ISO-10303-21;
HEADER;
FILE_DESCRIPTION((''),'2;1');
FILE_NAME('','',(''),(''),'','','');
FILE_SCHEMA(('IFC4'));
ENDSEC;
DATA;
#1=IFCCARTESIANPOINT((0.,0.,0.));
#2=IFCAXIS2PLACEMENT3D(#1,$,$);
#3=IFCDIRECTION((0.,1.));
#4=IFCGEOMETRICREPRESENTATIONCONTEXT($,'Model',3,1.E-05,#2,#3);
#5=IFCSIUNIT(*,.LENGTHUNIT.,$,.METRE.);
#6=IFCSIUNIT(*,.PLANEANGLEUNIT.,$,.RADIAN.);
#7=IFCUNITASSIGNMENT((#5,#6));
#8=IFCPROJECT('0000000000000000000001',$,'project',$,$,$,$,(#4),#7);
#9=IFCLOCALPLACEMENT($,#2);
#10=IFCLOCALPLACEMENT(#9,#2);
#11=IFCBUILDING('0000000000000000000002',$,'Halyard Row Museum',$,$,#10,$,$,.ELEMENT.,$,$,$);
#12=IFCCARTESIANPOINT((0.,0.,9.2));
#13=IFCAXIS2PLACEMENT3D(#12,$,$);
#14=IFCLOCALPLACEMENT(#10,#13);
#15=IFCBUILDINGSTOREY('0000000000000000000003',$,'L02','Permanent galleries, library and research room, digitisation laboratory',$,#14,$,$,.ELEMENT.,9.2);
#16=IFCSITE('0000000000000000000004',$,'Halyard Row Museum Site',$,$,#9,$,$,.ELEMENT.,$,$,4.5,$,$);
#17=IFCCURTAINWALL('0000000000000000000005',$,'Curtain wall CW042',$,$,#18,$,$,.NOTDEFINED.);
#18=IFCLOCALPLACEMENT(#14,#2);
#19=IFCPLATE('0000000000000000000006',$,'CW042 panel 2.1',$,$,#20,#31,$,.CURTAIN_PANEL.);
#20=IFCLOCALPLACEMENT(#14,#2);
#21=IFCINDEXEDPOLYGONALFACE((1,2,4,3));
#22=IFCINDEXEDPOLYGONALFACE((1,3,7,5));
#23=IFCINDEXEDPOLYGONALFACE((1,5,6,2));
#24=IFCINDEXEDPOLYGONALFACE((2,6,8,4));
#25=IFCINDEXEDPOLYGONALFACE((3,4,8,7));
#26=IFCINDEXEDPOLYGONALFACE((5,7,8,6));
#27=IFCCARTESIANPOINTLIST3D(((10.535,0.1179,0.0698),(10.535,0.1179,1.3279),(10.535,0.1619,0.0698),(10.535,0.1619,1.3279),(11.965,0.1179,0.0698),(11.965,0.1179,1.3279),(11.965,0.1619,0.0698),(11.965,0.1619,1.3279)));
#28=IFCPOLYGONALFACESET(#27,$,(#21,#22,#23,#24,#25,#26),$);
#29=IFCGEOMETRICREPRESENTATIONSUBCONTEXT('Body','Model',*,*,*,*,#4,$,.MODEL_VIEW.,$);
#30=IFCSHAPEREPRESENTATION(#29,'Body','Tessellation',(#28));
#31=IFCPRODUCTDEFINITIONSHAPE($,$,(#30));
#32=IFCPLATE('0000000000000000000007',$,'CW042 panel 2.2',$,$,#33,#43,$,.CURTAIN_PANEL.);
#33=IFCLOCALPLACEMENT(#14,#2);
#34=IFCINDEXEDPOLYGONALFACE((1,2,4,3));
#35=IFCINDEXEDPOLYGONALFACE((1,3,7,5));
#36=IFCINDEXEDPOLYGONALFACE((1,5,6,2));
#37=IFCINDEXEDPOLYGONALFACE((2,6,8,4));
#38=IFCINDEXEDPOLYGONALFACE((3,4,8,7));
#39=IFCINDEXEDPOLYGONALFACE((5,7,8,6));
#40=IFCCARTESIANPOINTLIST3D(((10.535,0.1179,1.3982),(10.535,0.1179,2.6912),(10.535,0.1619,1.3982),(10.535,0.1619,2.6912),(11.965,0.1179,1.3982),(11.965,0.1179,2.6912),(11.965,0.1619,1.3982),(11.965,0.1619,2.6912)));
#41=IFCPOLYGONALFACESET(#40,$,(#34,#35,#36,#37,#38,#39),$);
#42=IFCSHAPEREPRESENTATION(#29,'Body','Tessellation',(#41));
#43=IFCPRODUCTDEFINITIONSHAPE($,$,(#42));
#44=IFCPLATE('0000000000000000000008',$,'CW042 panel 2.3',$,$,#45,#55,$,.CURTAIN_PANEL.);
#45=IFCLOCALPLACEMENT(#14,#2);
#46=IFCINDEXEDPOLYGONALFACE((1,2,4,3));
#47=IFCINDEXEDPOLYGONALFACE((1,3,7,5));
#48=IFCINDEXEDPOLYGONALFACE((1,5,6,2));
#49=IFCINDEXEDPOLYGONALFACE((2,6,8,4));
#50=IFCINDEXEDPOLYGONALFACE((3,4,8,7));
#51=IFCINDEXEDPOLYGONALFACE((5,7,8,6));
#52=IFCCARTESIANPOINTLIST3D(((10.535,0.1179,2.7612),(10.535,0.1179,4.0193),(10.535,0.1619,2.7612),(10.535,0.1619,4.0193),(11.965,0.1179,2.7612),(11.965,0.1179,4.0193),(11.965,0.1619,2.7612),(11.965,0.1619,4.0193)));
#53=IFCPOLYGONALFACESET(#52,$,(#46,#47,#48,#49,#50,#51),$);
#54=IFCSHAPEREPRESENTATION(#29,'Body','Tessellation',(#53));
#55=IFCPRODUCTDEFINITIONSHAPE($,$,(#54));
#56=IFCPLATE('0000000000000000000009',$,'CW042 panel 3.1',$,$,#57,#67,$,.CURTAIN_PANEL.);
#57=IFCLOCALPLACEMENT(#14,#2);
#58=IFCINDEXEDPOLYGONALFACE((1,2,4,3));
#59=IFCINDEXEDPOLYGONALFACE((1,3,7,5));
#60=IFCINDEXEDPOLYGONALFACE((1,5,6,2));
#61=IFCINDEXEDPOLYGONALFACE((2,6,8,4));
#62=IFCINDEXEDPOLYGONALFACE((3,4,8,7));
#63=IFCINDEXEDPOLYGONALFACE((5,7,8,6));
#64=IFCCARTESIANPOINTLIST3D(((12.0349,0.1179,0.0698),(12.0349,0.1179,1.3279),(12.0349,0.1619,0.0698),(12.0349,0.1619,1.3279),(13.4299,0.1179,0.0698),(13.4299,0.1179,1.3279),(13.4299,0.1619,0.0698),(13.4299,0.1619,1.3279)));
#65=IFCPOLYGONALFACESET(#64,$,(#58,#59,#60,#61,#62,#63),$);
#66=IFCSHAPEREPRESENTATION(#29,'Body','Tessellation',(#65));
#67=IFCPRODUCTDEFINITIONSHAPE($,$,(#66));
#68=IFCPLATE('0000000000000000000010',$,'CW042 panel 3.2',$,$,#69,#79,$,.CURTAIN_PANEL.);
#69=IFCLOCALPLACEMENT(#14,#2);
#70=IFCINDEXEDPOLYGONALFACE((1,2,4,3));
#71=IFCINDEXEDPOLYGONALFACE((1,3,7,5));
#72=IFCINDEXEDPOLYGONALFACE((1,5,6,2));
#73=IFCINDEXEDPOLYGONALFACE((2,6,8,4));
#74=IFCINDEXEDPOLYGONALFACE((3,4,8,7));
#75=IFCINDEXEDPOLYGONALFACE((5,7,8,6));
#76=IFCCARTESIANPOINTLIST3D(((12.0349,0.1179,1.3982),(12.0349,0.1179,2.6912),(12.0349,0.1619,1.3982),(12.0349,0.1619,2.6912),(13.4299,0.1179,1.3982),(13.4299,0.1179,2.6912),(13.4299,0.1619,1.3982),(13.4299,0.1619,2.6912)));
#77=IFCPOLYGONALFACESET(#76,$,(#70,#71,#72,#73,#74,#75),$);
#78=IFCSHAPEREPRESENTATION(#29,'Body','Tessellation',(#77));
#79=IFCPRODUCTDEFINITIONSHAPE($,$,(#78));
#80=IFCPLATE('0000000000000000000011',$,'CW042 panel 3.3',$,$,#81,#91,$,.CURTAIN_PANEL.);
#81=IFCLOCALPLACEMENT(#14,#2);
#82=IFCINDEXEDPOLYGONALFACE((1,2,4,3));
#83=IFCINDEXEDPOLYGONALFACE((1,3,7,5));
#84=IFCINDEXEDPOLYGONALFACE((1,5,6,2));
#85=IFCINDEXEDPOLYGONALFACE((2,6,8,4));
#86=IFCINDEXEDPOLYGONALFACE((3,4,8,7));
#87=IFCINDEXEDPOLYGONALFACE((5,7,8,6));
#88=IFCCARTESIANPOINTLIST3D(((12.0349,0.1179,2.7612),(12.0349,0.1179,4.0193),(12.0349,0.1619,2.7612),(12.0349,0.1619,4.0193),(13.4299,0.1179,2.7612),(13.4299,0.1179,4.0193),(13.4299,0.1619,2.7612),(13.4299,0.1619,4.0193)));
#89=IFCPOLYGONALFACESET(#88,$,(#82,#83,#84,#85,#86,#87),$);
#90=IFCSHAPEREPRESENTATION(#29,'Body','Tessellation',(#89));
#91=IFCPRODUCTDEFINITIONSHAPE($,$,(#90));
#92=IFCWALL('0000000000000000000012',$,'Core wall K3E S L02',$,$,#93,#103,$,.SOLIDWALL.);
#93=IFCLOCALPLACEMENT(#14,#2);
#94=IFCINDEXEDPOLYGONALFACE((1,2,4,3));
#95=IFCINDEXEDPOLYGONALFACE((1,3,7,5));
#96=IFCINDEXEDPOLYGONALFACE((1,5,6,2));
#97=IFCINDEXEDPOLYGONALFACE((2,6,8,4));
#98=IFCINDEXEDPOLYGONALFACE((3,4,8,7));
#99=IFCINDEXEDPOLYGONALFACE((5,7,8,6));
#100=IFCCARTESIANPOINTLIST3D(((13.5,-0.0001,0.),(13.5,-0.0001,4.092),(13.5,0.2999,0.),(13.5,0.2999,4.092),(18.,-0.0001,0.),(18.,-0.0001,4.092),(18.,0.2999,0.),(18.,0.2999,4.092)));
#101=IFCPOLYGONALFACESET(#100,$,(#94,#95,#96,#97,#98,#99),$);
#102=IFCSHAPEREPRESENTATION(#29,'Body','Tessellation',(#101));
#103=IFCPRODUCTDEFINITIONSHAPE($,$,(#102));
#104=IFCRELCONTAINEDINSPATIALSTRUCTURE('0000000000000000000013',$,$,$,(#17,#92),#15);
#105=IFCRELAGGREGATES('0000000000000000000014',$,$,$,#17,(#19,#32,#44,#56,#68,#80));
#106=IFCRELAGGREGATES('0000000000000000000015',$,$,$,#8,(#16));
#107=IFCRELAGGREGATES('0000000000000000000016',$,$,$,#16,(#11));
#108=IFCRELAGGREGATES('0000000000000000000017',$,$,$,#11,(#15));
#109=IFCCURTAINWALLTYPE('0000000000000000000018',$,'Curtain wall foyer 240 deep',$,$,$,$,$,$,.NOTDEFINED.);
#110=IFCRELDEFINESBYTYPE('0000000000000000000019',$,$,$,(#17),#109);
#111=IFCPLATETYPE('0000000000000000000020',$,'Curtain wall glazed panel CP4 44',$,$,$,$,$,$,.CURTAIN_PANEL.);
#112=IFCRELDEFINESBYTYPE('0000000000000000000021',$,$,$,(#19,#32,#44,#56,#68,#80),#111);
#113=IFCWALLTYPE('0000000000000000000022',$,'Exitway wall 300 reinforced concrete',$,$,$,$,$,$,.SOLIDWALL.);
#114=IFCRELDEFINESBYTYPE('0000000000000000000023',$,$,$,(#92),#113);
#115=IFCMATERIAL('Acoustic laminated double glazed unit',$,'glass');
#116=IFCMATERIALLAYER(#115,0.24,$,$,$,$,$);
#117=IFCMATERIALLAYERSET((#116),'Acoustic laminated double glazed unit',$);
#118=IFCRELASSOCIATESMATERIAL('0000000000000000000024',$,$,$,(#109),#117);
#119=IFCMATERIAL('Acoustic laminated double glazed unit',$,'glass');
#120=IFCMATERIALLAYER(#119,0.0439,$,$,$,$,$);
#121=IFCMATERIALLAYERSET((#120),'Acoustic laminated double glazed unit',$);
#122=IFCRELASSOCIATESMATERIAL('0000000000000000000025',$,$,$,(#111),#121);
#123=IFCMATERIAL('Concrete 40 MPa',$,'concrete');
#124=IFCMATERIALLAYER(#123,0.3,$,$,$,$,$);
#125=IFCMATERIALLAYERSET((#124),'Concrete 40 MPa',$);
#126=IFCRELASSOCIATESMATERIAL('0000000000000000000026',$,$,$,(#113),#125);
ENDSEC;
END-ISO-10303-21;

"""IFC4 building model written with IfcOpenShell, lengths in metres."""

from ifc_helpers import new_model, si_unit, direction, frame, frame_2d, origin, origin_2d, place, context, subcontext, project, spatial, rectangle, extrude, material, layer, layer_set, type_object, element, aggregate, save


model = new_model("IFC4")

# Units and contexts
model_context = context("Model", 3, precision=1e-05, world=origin(), true_north=direction((0.0, 1.0)))
body_context = subcontext(model_context, "Body", "Model", "MODEL_VIEW")
ifc_project = project(units=[si_unit("LENGTHUNIT", "METRE"), si_unit("PLANEANGLEUNIT", "RADIAN")], contexts=[model_context])

# Site, building, storey
site_placement = place(None, origin())
site = spatial("IfcSite", under=ifc_project, at=site_placement, Name="Halyard Row Museum Site", CompositionType="ELEMENT", RefElevation=4.5)
building_placement = place(site_placement, origin())
building = spatial("IfcBuilding", under=site, at=building_placement, Name="Halyard Row Museum", CompositionType="ELEMENT")
storey_placement = place(building_placement, frame((0.0, 0.0, 9.2)))
storey = spatial("IfcBuildingStorey", under=building, at=storey_placement, Name="L02", Description="Permanent galleries, library and research room, digitisation laboratory", CompositionType="ELEMENT", Elevation=9.2)

# Curtain wall
ifc_material_1 = material(Name="Acoustic laminated double glazed unit", Category="glass")
ifc_layer_1 = layer(ifc_material_1, 0.24)
ifc_layer_set_1 = layer_set([ifc_layer_1], Name="Acoustic laminated double glazed unit")
curtain_wall_type = type_object("IfcCurtainWallType", Name="Curtain wall foyer 240 deep", PredefinedType="NOTDEFINED", material=ifc_layer_set_1)
curtain_wall_placement = place(storey_placement, origin())
curtain_wall = element("IfcCurtainWall", 1, at=curtain_wall_placement, inside=storey, type_object=curtain_wall_type, Name="Curtain wall CW042", PredefinedType="NOTDEFINED")

# Plates
ifc_material_2 = material(Name="Acoustic laminated double glazed unit", Category="glass")
ifc_layer_2 = layer(ifc_material_2, 0.0439)
ifc_layer_set_2 = layer_set([ifc_layer_2], Name="Acoustic laminated double glazed unit")
plate_type = type_object("IfcPlateType", Name="Curtain wall glazed panel CP4 44", PredefinedType="CURTAIN_PANEL", material=ifc_layer_set_2)
plate_1_placement = place(storey_placement, frame((11.25, 0.1399, 0.0698), z_axis=(0.0, 0.0, 1.0), x_axis=(1.0, 0.0, 0.0)))
plate_1 = element("IfcPlate", 2, at=plate_1_placement, type_object=plate_type, Name="CW042 panel 2.1", PredefinedType="CURTAIN_PANEL", context=body_context, shape_type="SweptSolid", body=[
    extrude(rectangle(XDim=1.4299, YDim=0.0439, at=origin_2d()), origin(), (0.0, 0.0, 1.0), 1.2581),
])
plate_2_placement = place(storey_placement, frame((11.25, 0.1399, 1.3982), z_axis=(0.0, 0.0, 1.0), x_axis=(1.0, 0.0, 0.0)))
plate_2 = element("IfcPlate", 3, at=plate_2_placement, type_object=plate_type, Name="CW042 panel 2.2", PredefinedType="CURTAIN_PANEL", context=body_context, shape_type="SweptSolid", body=[
    extrude(rectangle(XDim=1.4299, YDim=0.0439, at=origin_2d()), origin(), (0.0, 0.0, 1.0), 1.293),
])
plate_3_placement = place(storey_placement, frame((11.25, 0.1399, 2.7612), z_axis=(0.0, 0.0, 1.0), x_axis=(1.0, 0.0, 0.0)))
plate_3 = element("IfcPlate", 4, at=plate_3_placement, type_object=plate_type, Name="CW042 panel 2.3", PredefinedType="CURTAIN_PANEL", context=body_context, shape_type="SweptSolid", body=[
    extrude(rectangle(XDim=1.4299, YDim=0.0439, at=origin_2d()), origin(), (0.0, 0.0, 1.0), 1.2581),
])
plate_4_placement = place(storey_placement, frame((12.7324, 0.1399, 0.0698), z_axis=(0.0, 0.0, 1.0), x_axis=(1.0, 0.0, 0.0)))
plate_4 = element("IfcPlate", 5, at=plate_4_placement, type_object=plate_type, Name="CW042 panel 3.1", PredefinedType="CURTAIN_PANEL", context=body_context, shape_type="SweptSolid", body=[
    extrude(rectangle(XDim=1.395, YDim=0.0439, at=origin_2d()), origin(), (0.0, 0.0, 1.0), 1.2581),
])
plate_5_placement = place(storey_placement, frame((12.7324, 0.1399, 1.3982), z_axis=(0.0, 0.0, 1.0), x_axis=(1.0, 0.0, 0.0)))
plate_5 = element("IfcPlate", 6, at=plate_5_placement, type_object=plate_type, Name="CW042 panel 3.2", PredefinedType="CURTAIN_PANEL", context=body_context, shape_type="SweptSolid", body=[
    extrude(rectangle(XDim=1.395, YDim=0.0439, at=origin_2d()), origin(), (0.0, 0.0, 1.0), 1.293),
])
plate_6_placement = place(storey_placement, frame((12.7324, 0.1399, 2.7612), z_axis=(0.0, 0.0, 1.0), x_axis=(1.0, 0.0, 0.0)))
plate_6 = element("IfcPlate", 7, at=plate_6_placement, type_object=plate_type, Name="CW042 panel 3.3", PredefinedType="CURTAIN_PANEL", context=body_context, shape_type="SweptSolid", body=[
    extrude(rectangle(XDim=1.395, YDim=0.0439, at=origin_2d()), origin(), (0.0, 0.0, 1.0), 1.2581),
])
aggregate(curtain_wall, [plate_1, plate_2, plate_3, plate_4, plate_5, plate_6])

# Wall
ifc_material_3 = material(Name="Concrete 40 MPa", Category="concrete")
ifc_layer_3 = layer(ifc_material_3, 0.3)
ifc_layer_set_3 = layer_set([ifc_layer_3], Name="Concrete 40 MPa")
wall_type = type_object("IfcWallType", Name="Exitway wall 300 reinforced concrete", PredefinedType="SOLIDWALL", material=ifc_layer_set_3)
wall_placement = place(storey_placement, frame((13.5, 0.1499, 0.0), z_axis=(0.0, 0.0, 1.0), x_axis=(1.0, 0.0, 0.0)))
element("IfcWall", 8, at=wall_placement, inside=storey, type_object=wall_type, Name="Core wall K3E S L02", PredefinedType="SOLIDWALL", context=body_context, shape_type="SweptSolid", body=[
    extrude(rectangle(XDim=4.5, YDim=0.3, at=frame_2d((2.25, 0.0))), origin(), (0.0, 0.0, 1.0), 4.092),
])

save(model, "model.ifc")
